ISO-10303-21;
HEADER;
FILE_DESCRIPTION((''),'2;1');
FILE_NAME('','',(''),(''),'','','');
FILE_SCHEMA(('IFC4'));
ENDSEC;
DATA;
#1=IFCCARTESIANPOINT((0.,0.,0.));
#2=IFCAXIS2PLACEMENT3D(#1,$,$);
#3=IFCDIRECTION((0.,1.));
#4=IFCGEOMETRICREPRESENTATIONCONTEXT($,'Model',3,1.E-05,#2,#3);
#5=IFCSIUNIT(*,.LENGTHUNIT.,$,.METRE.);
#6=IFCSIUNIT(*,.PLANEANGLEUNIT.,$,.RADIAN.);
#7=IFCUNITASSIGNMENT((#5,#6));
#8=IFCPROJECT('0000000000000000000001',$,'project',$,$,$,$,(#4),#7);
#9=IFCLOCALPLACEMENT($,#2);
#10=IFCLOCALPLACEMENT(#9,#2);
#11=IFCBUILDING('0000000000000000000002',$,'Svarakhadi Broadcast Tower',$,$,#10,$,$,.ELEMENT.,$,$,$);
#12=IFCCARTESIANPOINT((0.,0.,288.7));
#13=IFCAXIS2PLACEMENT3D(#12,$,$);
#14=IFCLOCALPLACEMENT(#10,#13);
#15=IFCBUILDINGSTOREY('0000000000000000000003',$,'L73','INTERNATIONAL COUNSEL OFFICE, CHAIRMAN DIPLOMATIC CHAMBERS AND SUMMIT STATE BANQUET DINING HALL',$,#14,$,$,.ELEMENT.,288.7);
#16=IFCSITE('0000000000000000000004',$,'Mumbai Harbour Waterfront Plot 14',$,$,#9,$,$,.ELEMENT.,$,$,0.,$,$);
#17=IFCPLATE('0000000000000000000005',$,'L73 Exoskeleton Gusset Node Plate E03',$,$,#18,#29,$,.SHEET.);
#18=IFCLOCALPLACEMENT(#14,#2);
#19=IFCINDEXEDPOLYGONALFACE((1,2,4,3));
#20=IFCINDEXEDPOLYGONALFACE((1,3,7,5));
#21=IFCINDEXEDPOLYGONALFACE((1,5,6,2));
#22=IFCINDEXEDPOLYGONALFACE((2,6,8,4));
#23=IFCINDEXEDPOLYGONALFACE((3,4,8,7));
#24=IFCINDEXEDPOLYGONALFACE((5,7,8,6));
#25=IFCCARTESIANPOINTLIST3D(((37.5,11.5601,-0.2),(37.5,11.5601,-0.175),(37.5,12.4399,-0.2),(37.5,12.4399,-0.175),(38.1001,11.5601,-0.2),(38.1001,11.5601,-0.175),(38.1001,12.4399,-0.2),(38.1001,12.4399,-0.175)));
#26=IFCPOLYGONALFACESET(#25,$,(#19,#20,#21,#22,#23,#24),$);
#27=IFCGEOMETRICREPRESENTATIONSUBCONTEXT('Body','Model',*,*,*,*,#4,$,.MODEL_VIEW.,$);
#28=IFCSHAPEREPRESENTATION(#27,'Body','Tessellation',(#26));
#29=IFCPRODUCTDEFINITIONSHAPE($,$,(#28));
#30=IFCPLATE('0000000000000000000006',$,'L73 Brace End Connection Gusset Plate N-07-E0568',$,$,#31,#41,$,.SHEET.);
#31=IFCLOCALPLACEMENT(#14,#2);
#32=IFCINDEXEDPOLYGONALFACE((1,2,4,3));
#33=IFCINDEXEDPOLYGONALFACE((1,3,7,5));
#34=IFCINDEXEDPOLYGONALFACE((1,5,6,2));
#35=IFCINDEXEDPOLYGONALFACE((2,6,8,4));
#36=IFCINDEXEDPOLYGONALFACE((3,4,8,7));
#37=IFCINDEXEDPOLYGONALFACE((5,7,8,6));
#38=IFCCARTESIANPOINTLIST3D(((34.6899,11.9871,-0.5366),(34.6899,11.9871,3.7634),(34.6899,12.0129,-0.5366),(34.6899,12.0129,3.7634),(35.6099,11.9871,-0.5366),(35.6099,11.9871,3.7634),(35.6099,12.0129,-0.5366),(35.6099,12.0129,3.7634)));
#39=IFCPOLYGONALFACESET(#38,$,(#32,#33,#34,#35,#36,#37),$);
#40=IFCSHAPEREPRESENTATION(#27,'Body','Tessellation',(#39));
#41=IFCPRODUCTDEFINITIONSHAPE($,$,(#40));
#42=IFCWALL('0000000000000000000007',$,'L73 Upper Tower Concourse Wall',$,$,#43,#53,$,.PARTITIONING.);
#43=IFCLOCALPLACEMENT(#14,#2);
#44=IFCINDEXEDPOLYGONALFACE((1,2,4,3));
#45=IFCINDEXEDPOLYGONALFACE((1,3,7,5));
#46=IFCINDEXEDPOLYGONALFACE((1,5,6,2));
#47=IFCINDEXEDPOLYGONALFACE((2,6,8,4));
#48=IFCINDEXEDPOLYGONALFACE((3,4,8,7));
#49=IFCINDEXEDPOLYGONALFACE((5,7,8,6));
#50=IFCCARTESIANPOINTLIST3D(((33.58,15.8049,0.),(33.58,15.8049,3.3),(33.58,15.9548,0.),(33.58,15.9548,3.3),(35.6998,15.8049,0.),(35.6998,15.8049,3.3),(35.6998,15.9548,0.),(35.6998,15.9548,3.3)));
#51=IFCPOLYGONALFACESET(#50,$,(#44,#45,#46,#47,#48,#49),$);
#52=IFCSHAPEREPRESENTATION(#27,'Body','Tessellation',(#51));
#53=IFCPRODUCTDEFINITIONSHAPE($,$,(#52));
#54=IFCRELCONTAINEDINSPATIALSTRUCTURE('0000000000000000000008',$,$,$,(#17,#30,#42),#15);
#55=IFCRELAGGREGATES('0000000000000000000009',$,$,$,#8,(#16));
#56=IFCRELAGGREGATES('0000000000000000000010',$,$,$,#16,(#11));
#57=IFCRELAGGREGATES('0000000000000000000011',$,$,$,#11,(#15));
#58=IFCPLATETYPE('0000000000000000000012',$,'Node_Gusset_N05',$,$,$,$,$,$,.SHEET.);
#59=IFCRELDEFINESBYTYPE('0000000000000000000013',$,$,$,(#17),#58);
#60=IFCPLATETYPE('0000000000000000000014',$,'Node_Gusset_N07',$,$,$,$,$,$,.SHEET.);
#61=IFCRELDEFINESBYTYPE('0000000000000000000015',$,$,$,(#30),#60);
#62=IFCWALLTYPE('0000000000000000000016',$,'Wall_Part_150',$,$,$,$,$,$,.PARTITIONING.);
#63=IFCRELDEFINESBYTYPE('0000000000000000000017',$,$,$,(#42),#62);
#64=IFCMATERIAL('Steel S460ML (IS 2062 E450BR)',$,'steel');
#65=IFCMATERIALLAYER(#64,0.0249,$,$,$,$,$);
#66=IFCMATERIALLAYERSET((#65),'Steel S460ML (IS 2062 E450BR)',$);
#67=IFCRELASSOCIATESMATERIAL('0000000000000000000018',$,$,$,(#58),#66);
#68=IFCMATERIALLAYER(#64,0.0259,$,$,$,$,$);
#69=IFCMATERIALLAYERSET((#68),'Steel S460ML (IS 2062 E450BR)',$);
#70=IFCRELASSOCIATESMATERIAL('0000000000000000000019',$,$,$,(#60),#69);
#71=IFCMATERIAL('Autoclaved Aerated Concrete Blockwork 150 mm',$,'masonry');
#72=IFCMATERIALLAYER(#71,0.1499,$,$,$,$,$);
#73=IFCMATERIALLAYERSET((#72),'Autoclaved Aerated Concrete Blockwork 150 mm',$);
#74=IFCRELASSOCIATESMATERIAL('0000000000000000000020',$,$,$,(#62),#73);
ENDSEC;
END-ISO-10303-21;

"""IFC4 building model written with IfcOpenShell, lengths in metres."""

from ifc_helpers import new_model, si_unit, direction, frame, frame_2d, origin, origin_2d, place, context, subcontext, project, spatial, rectangle, extrude, material, layer, layer_set, type_object, element, save


model = new_model("IFC4")

# Units and contexts
model_context = context("Model", 3, precision=1e-05, world=origin(), true_north=direction((0.0, 1.0)))
body_context = subcontext(model_context, "Body", "Model", "MODEL_VIEW")
ifc_project = project(units=[si_unit("LENGTHUNIT", "METRE"), si_unit("PLANEANGLEUNIT", "RADIAN")], contexts=[model_context])

# Site, building, storey
site_placement = place(None, origin())
site = spatial("IfcSite", under=ifc_project, at=site_placement, Name="Mumbai Harbour Waterfront Plot 14", CompositionType="ELEMENT", RefElevation=0.0)
building_placement = place(site_placement, origin())
building = spatial("IfcBuilding", under=site, at=building_placement, Name="Svarakhadi Broadcast Tower", CompositionType="ELEMENT")
storey_placement = place(building_placement, frame((0.0, 0.0, 288.7)))
storey = spatial("IfcBuildingStorey", under=building, at=storey_placement, Name="L73", Description="INTERNATIONAL COUNSEL OFFICE, CHAIRMAN DIPLOMATIC CHAMBERS AND SUMMIT STATE BANQUET DINING HALL", CompositionType="ELEMENT", Elevation=288.7)

# Shared definitions
ifc_material_1 = material(Name="Steel S460ML (IS 2062 E450BR)", Category="steel")

# Plates
ifc_layer_1 = layer(ifc_material_1, 0.0249)
ifc_layer_set_1 = layer_set([ifc_layer_1], Name="Steel S460ML (IS 2062 E450BR)")
plate_type_1 = type_object("IfcPlateType", Name="Node_Gusset_N05", PredefinedType="SHEET", material=ifc_layer_set_1)
plate_1_placement = place(storey_placement, frame((37.8, 12.0, -0.2), z_axis=(0.0, 0.0, 1.0), x_axis=(0.0, 1.0, 0.0)))
element("IfcPlate", 1, at=plate_1_placement, inside=storey, type_object=plate_type_1, Name="L73 Exoskeleton Gusset Node Plate E03", PredefinedType="SHEET", context=body_context, shape_type="SweptSolid", body=[
    extrude(rectangle(XDim=0.8799, YDim=0.6001, at=origin_2d()), origin(), (0.0, 0.0, 1.0), 0.0249),
])
ifc_layer_2 = layer(ifc_material_1, 0.0259)
ifc_layer_set_2 = layer_set([ifc_layer_2], Name="Steel S460ML (IS 2062 E450BR)")
plate_type_2 = type_object("IfcPlateType", Name="Node_Gusset_N07", PredefinedType="SHEET", material=ifc_layer_set_2)
plate_2_placement = place(storey_placement, frame((35.1499, 12.0, -0.5366), z_axis=(0.0, 0.0, 1.0), x_axis=(1.0, 0.0, 0.0)))
element("IfcPlate", 2, at=plate_2_placement, inside=storey, type_object=plate_type_2, Name="L73 Brace End Connection Gusset Plate N-07-E0568", PredefinedType="SHEET", context=body_context, shape_type="SweptSolid", body=[
    extrude(rectangle(XDim=0.9199, YDim=0.0259, at=origin_2d()), origin(), (0.0, 0.0, 1.0), 4.3),
])

# Wall
ifc_material_2 = material(Name="Autoclaved Aerated Concrete Blockwork 150 mm", Category="masonry")
ifc_layer_3 = layer(ifc_material_2, 0.1499)
ifc_layer_set_3 = layer_set([ifc_layer_3], Name="Autoclaved Aerated Concrete Blockwork 150 mm")
wall_type = type_object("IfcWallType", Name="Wall_Part_150", PredefinedType="PARTITIONING", material=ifc_layer_set_3)
wall_placement = place(storey_placement, frame((35.7, 15.8799, 0.0), z_axis=(0.0, 0.0, 1.0), x_axis=(-1.0, 0.0, 0.0)))
element("IfcWall", 3, at=wall_placement, inside=storey, type_object=wall_type, Name="L73 Upper Tower Concourse Wall", PredefinedType="PARTITIONING", context=body_context, shape_type="SweptSolid", body=[
    extrude(rectangle(XDim=2.1199, YDim=0.1499, at=frame_2d((1.0601, 0.0))), origin(), (0.0, 0.0, 1.0), 3.3),
])

save(model, "model.ifc")
